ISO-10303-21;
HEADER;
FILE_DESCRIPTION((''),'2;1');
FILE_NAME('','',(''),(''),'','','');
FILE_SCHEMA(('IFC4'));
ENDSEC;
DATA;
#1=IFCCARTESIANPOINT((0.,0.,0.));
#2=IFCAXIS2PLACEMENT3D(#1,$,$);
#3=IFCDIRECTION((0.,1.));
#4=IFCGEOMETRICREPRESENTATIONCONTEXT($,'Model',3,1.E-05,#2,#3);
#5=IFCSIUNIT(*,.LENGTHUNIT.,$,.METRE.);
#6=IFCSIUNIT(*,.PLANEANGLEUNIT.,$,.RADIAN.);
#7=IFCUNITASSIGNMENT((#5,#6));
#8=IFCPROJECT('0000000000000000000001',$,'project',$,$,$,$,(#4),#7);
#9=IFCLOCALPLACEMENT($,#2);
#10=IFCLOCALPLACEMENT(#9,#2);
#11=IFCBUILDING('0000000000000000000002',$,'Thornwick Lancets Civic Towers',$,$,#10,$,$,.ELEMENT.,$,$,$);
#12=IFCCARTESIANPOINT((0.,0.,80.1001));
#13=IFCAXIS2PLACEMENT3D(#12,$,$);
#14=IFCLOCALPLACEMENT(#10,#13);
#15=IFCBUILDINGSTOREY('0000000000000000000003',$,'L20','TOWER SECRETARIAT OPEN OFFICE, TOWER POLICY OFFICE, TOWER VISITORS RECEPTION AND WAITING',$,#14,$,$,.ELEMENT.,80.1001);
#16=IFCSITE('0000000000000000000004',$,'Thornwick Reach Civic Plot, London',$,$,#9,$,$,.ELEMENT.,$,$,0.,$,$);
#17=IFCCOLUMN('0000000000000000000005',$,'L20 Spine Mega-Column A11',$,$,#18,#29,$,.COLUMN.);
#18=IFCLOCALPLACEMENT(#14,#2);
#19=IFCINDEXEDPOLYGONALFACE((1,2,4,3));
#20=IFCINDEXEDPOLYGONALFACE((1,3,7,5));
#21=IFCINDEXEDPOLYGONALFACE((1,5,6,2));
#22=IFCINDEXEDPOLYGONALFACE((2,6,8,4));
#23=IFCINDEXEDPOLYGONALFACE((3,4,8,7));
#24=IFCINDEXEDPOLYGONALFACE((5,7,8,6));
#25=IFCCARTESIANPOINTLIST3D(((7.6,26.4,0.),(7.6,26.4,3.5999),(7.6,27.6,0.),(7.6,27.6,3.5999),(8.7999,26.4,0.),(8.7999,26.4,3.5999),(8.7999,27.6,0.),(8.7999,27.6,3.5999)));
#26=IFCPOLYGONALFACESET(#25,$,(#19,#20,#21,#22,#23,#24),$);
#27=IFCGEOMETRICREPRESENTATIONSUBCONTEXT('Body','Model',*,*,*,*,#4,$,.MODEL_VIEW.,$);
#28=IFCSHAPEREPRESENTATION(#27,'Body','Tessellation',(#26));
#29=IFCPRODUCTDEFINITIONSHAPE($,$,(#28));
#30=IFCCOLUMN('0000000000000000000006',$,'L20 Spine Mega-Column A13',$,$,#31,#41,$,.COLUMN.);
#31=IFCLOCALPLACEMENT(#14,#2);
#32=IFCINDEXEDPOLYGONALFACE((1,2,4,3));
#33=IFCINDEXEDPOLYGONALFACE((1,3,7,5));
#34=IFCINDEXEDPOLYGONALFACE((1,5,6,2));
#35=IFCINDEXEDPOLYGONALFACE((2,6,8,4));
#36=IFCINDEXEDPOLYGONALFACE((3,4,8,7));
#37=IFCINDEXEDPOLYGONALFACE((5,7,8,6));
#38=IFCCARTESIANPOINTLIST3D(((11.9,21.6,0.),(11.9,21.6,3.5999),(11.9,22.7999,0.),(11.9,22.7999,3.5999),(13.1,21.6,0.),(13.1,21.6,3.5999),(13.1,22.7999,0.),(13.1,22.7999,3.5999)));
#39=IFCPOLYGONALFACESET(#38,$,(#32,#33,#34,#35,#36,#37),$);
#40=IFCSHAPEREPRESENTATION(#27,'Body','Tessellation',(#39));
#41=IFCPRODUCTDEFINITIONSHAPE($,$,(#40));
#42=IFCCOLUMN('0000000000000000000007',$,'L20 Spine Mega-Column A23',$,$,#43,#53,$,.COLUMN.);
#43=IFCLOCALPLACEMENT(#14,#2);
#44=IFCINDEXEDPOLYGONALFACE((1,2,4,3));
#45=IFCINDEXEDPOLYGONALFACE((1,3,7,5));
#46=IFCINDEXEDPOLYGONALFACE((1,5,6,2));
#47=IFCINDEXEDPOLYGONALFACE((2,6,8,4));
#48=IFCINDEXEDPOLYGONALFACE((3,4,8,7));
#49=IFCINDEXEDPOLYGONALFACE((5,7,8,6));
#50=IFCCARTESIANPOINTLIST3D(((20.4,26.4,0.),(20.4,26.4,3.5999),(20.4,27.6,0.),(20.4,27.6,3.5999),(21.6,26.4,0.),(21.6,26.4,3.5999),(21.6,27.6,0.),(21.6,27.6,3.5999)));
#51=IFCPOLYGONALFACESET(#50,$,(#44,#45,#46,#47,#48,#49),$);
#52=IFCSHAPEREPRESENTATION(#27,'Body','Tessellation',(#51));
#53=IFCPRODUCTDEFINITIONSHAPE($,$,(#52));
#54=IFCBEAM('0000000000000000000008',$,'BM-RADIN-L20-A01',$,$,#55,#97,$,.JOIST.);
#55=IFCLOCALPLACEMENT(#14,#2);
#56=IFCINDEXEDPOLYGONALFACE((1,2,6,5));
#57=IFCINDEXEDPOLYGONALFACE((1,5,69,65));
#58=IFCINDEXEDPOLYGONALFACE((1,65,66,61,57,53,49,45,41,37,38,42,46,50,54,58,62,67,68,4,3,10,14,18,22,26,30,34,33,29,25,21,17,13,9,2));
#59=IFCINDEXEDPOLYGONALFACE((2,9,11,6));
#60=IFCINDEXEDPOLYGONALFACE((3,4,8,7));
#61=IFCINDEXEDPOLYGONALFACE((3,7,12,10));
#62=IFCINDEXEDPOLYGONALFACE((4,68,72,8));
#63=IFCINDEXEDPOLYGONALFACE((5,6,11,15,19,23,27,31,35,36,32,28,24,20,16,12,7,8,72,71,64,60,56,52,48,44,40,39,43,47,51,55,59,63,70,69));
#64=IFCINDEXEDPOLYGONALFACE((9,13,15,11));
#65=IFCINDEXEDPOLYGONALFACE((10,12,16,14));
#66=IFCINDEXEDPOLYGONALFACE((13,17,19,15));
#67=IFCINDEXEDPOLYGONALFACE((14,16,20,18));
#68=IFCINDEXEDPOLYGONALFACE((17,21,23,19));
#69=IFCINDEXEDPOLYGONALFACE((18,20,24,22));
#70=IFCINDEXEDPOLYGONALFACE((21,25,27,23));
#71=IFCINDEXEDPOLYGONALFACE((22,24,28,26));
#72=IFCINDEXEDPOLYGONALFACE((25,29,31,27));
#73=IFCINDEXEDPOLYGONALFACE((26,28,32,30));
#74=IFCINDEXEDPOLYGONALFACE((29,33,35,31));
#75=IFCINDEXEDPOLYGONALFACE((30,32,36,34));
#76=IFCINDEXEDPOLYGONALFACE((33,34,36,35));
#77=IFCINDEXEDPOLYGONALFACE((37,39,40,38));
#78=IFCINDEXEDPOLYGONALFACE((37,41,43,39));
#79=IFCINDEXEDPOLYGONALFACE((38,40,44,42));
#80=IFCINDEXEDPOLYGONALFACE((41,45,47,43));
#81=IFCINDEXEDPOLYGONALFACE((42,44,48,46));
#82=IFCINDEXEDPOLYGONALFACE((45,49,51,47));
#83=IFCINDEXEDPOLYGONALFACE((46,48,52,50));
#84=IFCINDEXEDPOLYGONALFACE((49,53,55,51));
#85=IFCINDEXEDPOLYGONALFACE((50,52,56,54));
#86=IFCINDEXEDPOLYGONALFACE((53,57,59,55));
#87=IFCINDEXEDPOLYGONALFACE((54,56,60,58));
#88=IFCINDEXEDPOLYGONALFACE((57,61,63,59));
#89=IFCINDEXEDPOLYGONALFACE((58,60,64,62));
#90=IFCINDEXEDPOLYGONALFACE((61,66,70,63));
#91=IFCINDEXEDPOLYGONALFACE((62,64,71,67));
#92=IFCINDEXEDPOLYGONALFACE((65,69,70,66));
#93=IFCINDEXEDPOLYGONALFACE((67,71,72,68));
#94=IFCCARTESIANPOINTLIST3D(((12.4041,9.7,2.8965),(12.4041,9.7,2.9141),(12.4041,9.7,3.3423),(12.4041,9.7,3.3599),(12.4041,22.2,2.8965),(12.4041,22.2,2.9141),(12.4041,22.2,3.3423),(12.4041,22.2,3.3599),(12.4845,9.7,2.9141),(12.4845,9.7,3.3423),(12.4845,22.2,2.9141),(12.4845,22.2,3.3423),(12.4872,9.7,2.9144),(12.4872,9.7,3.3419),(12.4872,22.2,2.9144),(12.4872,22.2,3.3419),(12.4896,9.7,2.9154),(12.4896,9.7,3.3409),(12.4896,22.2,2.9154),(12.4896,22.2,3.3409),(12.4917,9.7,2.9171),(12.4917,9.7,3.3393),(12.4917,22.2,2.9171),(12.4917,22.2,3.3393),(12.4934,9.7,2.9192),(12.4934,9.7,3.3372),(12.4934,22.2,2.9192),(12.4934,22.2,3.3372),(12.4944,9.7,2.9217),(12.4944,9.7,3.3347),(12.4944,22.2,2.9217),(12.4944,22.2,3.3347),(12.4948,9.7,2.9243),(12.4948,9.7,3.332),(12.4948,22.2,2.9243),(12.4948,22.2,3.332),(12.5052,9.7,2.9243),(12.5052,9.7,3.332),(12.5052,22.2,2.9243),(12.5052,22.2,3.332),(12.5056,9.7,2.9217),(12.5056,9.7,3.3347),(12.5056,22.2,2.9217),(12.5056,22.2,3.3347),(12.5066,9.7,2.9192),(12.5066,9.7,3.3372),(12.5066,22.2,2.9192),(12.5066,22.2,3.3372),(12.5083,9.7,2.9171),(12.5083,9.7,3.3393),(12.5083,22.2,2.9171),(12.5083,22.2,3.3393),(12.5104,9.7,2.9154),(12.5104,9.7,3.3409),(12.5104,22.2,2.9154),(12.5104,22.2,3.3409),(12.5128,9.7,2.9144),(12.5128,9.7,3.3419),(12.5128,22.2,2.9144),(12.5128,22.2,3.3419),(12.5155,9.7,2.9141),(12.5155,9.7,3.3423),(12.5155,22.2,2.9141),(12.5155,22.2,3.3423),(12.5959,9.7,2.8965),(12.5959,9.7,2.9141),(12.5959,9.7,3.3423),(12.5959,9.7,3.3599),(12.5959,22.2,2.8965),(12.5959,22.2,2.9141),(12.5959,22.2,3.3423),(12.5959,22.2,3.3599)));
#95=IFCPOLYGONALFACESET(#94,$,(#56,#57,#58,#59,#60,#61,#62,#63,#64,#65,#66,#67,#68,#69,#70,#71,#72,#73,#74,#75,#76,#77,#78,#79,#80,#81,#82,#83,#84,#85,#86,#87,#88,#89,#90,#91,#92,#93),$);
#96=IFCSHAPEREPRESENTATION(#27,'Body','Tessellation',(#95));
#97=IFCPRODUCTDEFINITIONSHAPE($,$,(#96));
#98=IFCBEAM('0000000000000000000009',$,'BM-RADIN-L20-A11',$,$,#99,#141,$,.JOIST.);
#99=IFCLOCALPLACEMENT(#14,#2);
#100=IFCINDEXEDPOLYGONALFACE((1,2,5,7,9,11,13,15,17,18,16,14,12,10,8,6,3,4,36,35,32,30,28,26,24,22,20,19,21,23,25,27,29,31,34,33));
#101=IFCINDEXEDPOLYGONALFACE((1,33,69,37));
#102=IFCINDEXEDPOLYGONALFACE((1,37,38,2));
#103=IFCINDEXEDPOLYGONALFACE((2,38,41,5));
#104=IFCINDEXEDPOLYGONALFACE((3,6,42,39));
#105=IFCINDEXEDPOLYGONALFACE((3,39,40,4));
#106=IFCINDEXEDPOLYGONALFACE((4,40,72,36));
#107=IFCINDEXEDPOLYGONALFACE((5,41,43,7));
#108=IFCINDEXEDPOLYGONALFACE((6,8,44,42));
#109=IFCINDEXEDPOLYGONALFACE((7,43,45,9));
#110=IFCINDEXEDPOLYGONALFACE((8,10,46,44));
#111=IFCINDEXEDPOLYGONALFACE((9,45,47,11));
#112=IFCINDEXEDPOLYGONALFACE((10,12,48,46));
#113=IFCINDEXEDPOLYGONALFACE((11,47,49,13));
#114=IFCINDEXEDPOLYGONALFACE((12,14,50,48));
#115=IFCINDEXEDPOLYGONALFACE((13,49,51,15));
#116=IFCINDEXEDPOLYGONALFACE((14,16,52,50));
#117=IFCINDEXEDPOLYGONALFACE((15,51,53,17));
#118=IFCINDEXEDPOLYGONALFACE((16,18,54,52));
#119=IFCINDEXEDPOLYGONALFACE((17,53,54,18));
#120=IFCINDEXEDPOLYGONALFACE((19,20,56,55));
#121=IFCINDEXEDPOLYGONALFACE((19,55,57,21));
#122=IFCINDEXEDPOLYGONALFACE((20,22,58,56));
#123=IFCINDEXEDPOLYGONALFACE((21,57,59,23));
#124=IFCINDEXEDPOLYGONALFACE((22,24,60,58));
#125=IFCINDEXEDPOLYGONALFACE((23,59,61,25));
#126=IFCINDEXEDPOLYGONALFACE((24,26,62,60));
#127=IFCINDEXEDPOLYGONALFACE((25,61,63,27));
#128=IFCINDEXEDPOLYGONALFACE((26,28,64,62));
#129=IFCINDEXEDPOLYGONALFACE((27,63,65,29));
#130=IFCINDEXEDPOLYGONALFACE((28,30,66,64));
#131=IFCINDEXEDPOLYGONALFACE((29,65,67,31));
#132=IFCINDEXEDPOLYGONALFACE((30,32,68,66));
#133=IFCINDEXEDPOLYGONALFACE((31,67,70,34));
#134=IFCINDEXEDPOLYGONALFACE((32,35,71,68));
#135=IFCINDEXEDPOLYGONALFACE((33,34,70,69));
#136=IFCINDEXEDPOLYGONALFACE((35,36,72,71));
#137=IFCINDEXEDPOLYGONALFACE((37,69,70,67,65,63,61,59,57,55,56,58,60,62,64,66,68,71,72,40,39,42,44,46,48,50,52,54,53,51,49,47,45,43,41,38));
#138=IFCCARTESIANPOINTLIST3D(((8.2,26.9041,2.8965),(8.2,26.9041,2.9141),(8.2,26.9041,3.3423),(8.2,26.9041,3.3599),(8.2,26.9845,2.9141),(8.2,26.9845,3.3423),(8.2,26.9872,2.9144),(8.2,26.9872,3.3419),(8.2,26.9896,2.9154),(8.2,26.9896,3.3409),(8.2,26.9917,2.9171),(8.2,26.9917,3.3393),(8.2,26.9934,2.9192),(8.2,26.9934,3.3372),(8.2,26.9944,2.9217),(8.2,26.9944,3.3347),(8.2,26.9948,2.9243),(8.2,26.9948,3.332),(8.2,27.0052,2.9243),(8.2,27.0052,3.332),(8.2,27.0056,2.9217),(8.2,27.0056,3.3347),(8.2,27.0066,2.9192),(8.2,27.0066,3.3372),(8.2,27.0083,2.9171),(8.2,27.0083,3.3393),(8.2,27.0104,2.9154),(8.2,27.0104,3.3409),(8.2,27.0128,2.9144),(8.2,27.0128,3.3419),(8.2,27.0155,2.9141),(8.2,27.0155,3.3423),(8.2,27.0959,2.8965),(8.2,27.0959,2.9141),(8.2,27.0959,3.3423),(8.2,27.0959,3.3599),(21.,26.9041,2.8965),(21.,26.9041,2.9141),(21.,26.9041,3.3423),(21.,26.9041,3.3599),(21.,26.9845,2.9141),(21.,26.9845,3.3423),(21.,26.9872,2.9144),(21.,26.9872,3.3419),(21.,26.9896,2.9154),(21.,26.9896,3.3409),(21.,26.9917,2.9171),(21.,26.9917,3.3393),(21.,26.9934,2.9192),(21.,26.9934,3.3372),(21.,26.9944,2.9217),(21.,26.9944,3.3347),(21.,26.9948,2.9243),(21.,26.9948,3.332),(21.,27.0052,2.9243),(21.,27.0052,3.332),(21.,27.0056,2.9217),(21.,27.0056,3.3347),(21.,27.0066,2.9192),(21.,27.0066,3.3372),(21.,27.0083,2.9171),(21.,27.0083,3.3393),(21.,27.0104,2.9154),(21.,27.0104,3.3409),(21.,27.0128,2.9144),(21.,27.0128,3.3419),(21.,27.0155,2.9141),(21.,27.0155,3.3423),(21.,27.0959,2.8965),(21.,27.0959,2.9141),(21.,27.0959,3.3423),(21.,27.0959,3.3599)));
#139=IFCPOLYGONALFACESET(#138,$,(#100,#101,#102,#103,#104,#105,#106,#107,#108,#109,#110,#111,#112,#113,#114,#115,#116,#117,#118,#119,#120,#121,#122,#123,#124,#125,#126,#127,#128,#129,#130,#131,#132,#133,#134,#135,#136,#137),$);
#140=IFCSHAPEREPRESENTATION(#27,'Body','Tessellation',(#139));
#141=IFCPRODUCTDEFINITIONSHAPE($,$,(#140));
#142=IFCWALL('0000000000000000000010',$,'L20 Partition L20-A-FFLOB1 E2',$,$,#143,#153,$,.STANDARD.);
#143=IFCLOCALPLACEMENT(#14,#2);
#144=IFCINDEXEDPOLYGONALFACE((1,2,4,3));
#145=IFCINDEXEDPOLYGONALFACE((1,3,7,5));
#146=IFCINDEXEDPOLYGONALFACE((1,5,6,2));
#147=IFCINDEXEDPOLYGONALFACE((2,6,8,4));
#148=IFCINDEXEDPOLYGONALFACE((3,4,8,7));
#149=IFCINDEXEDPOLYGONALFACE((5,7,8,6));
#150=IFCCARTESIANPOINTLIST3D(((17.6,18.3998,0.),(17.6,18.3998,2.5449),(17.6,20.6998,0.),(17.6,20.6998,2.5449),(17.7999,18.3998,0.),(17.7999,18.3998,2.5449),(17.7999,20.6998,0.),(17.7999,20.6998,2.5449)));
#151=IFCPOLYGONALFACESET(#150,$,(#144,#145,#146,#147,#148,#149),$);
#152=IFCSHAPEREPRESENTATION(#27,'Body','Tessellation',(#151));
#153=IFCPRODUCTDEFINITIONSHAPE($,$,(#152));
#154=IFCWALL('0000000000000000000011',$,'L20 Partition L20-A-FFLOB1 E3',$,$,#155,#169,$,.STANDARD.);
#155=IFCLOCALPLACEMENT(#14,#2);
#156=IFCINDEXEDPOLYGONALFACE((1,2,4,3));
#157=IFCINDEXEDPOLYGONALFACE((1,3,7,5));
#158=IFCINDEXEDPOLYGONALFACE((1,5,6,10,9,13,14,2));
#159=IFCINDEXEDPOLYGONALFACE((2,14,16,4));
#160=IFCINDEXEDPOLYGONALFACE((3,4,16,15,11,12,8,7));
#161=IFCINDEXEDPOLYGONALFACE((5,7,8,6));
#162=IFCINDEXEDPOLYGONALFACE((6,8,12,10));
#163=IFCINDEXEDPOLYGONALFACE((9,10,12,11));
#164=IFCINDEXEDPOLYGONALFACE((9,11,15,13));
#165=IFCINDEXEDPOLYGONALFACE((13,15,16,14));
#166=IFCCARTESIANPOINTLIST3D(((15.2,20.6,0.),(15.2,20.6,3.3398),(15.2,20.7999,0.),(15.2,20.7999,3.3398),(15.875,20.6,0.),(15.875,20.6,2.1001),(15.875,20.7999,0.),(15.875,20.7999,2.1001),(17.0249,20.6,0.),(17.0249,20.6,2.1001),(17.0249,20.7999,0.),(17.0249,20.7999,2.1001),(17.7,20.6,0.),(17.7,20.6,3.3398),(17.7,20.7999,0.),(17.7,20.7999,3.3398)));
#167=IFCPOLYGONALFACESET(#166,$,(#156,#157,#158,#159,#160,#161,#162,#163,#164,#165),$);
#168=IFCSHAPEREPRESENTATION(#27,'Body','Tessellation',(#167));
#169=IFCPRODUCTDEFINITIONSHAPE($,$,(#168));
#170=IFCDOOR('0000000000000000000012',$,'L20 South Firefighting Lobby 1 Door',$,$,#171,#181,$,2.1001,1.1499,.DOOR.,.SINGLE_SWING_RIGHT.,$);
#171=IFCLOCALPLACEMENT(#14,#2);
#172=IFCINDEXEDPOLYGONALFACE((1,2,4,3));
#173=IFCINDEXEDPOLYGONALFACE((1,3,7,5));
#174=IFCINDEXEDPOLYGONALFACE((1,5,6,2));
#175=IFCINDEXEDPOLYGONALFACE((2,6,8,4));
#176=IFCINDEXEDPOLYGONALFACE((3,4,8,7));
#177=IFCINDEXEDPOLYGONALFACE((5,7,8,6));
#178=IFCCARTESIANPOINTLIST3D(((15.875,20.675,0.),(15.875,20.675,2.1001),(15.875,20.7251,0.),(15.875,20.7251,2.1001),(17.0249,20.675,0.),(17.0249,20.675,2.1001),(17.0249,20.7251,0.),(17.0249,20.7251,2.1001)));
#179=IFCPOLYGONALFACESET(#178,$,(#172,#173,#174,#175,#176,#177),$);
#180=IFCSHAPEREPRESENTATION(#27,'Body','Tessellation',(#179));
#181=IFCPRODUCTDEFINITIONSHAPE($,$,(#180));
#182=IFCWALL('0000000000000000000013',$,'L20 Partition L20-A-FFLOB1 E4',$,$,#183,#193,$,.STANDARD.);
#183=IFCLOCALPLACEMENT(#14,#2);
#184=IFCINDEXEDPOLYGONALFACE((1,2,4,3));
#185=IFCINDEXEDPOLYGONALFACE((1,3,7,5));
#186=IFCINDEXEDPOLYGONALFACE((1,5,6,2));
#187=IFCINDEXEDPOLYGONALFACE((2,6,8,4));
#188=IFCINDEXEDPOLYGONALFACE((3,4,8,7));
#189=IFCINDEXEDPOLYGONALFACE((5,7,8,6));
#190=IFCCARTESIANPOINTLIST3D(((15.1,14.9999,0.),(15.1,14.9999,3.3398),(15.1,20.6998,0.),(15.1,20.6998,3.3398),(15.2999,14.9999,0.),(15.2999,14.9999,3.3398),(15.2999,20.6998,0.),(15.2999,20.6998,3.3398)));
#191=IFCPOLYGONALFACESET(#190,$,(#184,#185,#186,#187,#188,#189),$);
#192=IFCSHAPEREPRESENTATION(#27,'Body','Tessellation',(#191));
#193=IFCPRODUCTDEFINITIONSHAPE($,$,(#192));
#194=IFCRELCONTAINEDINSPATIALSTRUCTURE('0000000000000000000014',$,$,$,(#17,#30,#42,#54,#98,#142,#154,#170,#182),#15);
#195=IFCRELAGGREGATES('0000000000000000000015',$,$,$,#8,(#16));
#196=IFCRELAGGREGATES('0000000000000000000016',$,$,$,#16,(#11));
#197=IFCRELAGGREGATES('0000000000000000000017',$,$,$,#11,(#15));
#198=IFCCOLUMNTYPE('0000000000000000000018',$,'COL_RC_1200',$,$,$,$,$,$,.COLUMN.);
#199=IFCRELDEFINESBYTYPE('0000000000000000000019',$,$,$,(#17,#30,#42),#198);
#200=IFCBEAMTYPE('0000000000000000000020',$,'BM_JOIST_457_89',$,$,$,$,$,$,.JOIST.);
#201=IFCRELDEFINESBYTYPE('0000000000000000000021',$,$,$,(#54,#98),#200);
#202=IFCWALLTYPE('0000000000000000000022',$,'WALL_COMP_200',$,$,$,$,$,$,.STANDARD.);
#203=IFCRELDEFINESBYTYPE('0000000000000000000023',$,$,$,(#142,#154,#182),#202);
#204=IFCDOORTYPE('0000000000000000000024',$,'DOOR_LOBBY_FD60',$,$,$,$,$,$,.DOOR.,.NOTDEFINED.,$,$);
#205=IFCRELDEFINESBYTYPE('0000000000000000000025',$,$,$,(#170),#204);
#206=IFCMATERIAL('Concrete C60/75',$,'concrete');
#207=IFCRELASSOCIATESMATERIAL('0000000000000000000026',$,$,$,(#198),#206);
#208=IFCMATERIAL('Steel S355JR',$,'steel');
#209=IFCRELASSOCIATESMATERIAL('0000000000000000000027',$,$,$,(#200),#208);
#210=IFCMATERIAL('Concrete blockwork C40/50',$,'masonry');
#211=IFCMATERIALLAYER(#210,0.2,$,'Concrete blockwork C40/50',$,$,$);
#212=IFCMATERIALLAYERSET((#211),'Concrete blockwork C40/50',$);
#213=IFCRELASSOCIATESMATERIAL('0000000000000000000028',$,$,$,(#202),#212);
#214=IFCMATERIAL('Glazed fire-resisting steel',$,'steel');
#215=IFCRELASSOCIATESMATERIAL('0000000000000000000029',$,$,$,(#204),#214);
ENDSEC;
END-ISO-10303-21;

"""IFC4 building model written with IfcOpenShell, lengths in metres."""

from ifc_helpers import new_model, si_unit, direction, frame, frame_2d, origin, origin_2d, place, context, subcontext, project, spatial, rectangle, i_section, extrude, material, layer, layer_set, material_profile, profile_set, type_object, element, fill, save


model = new_model("IFC4")

# Units and contexts
model_context = context("Model", 3, precision=1e-05, world=origin(), true_north=direction((0.0, 1.0)))
body_context = subcontext(model_context, "Body", "Model", "MODEL_VIEW")
ifc_project = project(units=[si_unit("LENGTHUNIT", "METRE"), si_unit("PLANEANGLEUNIT", "RADIAN")], contexts=[model_context])

# Site, building, storey
site_placement = place(None, origin())
site = spatial("IfcSite", under=ifc_project, at=site_placement, Name="Thornwick Reach Civic Plot, London", CompositionType="ELEMENT", RefElevation=0.0)
building_placement = place(site_placement, origin())
building = spatial("IfcBuilding", under=site, at=building_placement, Name="Thornwick Lancets Civic Towers", CompositionType="ELEMENT")
storey_placement = place(building_placement, frame((0.0, 0.0, 80.1001)))
storey = spatial("IfcBuildingStorey", under=building, at=storey_placement, Name="L20", Description="TOWER SECRETARIAT OPEN OFFICE, TOWER POLICY OFFICE, TOWER VISITORS RECEPTION AND WAITING", CompositionType="ELEMENT", Elevation=80.1001)

# Columns
ifc_material_1 = material(Name="Concrete C60/75", Category="concrete")
ifc_material_profile_1 = material_profile(ifc_material_1, rectangle(XDim=1.2, YDim=1.2, at=origin_2d()), Name="RC 1200x1200")
ifc_profile_set_1 = profile_set([ifc_material_profile_1], Name="Concrete C60/75")
column_type = type_object("IfcColumnType", Name="COL_RC_1200", PredefinedType="COLUMN", material=ifc_profile_set_1)
for number, where, z_axis, x_axis, name in (
    (1, (8.2, 27.0, 0.0), (0.0, 0.0, 1.0), (1.0, 0.0, 0.0), "L20 Spine Mega-Column A11"),
    (2, (12.5, 22.2, 0.0), (0.0, 0.0, 1.0), (1.0, 0.0, 0.0), "L20 Spine Mega-Column A13"),
    (3, (21.0, 27.0, 0.0), (0.0, 0.0, 1.0), (1.0, 0.0, 0.0), "L20 Spine Mega-Column A23"),
):
    element("IfcColumn", number, at=place(storey_placement, frame(where, z_axis=z_axis, x_axis=x_axis)), inside=storey, type_object=column_type, Name=name, PredefinedType="COLUMN", context=body_context, shape_type="SweptSolid", body=[
        extrude(rectangle(XDim=1.2, YDim=1.2, at=origin_2d()), origin(), (0.0, 0.0, 1.0), 3.5999),
    ])

# Beams
ifc_material_2 = material(Name="Steel S355JR", Category="steel")
ifc_material_profile_2 = material_profile(ifc_material_2, i_section(OverallWidth=0.1919, OverallDepth=0.4634, WebThickness=0.0105, FlangeThickness=0.0176, FilletRadius=0.0103, at=origin_2d()), Name="UKB 457x191x89")
ifc_profile_set_2 = profile_set([ifc_material_profile_2], Name="Steel S355JR")
beam_type = type_object("IfcBeamType", Name="BM_JOIST_457_89", PredefinedType="JOIST", material=ifc_profile_set_2)
beam_1_placement = place(storey_placement, frame((12.5, 22.2, 3.1282), z_axis=(0.0, -1.0, 0.0), x_axis=(1.0, 0.0, 0.0)))
element("IfcBeam", 4, at=beam_1_placement, inside=storey, type_object=beam_type, Name="BM-RADIN-L20-A01", PredefinedType="JOIST", context=body_context, shape_type="SweptSolid", body=[
    extrude(i_section(OverallWidth=0.1919, OverallDepth=0.4634, WebThickness=0.0105, FlangeThickness=0.0176, FilletRadius=0.0103, at=origin_2d()), origin(), (0.0, 0.0, 1.0), 12.5),
])
beam_2_placement = place(storey_placement, frame((21.0, 27.0, 3.1282), z_axis=(-1.0, 0.0, 0.0), x_axis=(0.0, -1.0, 0.0)))
element("IfcBeam", 5, at=beam_2_placement, inside=storey, type_object=beam_type, Name="BM-RADIN-L20-A11", PredefinedType="JOIST", context=body_context, shape_type="SweptSolid", body=[
    extrude(i_section(OverallWidth=0.1919, OverallDepth=0.4634, WebThickness=0.0105, FlangeThickness=0.0176, FilletRadius=0.0103, at=origin_2d()), origin(), (0.0, 0.0, 1.0), 12.8),
])

# Wall
ifc_material_3 = material(Name="Concrete blockwork C40/50", Category="masonry")
ifc_layer_1 = layer(ifc_material_3, 0.2, Name="Concrete blockwork C40/50")
ifc_layer_set_1 = layer_set([ifc_layer_1], Name="Concrete blockwork C40/50")
wall_type_1 = type_object("IfcWallType", Name="WALL_COMP_200", PredefinedType="STANDARD", material=ifc_layer_set_1)
wall_1_placement = place(storey_placement, frame((17.7, 18.3999, 0.0), z_axis=(0.0, 0.0, 1.0), x_axis=(0.0, 1.0, 0.0)))
element("IfcWall", 6, at=wall_1_placement, inside=storey, type_object=wall_type_1, Name="L20 Partition L20-A-FFLOB1 E2", PredefinedType="STANDARD", context=body_context, shape_type="SweptSolid", body=[
    extrude(rectangle(XDim=2.3, YDim=0.2, at=frame_2d((1.1499, 0.0))), origin(), (0.0, 0.0, 1.0), 2.5449),
])

# Wall, opening, door
wall_2_placement = place(storey_placement, frame((17.7, 20.7, 0.0), z_axis=(0.0, 0.0, 1.0), x_axis=(-1.0, 0.0, 0.0)))
wall_2 = element("IfcWall", 7, at=wall_2_placement, inside=storey, type_object=wall_type_1, Name="L20 Partition L20-A-FFLOB1 E3", PredefinedType="STANDARD", context=body_context, shape_type="SweptSolid", body=[
    extrude(rectangle(XDim=2.5, YDim=0.2, at=frame_2d((1.25, 0.0))), origin(), (0.0, 0.0, 1.0), 3.3398),
])
opening_1_placement = place(wall_2_placement, frame((0.675, 0.0, 0.0)))
opening_1 = element("IfcOpeningElement", 8, at=opening_1_placement, cuts=wall_2, PredefinedType="OPENING", context=body_context, shape_type="SweptSolid", body=[
    extrude(rectangle(XDim=1.1499, YDim=2.1001, at=frame_2d((0.575, 1.05))), frame((0.0, 0.1099, 0.0), z_axis=(0.0, -1.0, 0.0), x_axis=(1.0, 0.0, 0.0)), (0.0, 0.0, 1.0), 0.22),
])
ifc_material_4 = material(Name="Glazed fire-resisting steel", Category="steel")
door_type_1 = type_object("IfcDoorType", Name="DOOR_LOBBY_FD60", OperationType="NOTDEFINED", PredefinedType="DOOR", material=ifc_material_4)
door_1_placement = place(opening_1_placement, origin())
door_1 = element("IfcDoor", 9, at=door_1_placement, inside=storey, type_object=door_type_1, Name="L20 South Firefighting Lobby 1 Door", OperationType="SINGLE_SWING_RIGHT", OverallHeight=2.1001, OverallWidth=1.1499, PredefinedType="DOOR", context=body_context, shape_type="SweptSolid", body=[
    extrude(rectangle(XDim=1.1499, YDim=2.1001, at=frame_2d((0.575, 1.05))), frame((0.0, 0.0249, 0.0), z_axis=(0.0, -1.0, 0.0), x_axis=(1.0, 0.0, 0.0)), (0.0, 0.0, 1.0), 0.05),
])
fill(opening_1, door_1)

# Wall
wall_3_placement = place(storey_placement, frame((15.2, 20.7, 0.0), z_axis=(0.0, 0.0, 1.0), x_axis=(0.0, -1.0, 0.0)))
element("IfcWall", 10, at=wall_3_placement, inside=storey, type_object=wall_type_1, Name="L20 Partition L20-A-FFLOB1 E4", PredefinedType="STANDARD", context=body_context, shape_type="SweptSolid", body=[
    extrude(rectangle(XDim=5.7, YDim=0.2, at=frame_2d((2.8501, 0.0))), origin(), (0.0, 0.0, 1.0), 3.3398),
])

save(model, "model.ifc")
